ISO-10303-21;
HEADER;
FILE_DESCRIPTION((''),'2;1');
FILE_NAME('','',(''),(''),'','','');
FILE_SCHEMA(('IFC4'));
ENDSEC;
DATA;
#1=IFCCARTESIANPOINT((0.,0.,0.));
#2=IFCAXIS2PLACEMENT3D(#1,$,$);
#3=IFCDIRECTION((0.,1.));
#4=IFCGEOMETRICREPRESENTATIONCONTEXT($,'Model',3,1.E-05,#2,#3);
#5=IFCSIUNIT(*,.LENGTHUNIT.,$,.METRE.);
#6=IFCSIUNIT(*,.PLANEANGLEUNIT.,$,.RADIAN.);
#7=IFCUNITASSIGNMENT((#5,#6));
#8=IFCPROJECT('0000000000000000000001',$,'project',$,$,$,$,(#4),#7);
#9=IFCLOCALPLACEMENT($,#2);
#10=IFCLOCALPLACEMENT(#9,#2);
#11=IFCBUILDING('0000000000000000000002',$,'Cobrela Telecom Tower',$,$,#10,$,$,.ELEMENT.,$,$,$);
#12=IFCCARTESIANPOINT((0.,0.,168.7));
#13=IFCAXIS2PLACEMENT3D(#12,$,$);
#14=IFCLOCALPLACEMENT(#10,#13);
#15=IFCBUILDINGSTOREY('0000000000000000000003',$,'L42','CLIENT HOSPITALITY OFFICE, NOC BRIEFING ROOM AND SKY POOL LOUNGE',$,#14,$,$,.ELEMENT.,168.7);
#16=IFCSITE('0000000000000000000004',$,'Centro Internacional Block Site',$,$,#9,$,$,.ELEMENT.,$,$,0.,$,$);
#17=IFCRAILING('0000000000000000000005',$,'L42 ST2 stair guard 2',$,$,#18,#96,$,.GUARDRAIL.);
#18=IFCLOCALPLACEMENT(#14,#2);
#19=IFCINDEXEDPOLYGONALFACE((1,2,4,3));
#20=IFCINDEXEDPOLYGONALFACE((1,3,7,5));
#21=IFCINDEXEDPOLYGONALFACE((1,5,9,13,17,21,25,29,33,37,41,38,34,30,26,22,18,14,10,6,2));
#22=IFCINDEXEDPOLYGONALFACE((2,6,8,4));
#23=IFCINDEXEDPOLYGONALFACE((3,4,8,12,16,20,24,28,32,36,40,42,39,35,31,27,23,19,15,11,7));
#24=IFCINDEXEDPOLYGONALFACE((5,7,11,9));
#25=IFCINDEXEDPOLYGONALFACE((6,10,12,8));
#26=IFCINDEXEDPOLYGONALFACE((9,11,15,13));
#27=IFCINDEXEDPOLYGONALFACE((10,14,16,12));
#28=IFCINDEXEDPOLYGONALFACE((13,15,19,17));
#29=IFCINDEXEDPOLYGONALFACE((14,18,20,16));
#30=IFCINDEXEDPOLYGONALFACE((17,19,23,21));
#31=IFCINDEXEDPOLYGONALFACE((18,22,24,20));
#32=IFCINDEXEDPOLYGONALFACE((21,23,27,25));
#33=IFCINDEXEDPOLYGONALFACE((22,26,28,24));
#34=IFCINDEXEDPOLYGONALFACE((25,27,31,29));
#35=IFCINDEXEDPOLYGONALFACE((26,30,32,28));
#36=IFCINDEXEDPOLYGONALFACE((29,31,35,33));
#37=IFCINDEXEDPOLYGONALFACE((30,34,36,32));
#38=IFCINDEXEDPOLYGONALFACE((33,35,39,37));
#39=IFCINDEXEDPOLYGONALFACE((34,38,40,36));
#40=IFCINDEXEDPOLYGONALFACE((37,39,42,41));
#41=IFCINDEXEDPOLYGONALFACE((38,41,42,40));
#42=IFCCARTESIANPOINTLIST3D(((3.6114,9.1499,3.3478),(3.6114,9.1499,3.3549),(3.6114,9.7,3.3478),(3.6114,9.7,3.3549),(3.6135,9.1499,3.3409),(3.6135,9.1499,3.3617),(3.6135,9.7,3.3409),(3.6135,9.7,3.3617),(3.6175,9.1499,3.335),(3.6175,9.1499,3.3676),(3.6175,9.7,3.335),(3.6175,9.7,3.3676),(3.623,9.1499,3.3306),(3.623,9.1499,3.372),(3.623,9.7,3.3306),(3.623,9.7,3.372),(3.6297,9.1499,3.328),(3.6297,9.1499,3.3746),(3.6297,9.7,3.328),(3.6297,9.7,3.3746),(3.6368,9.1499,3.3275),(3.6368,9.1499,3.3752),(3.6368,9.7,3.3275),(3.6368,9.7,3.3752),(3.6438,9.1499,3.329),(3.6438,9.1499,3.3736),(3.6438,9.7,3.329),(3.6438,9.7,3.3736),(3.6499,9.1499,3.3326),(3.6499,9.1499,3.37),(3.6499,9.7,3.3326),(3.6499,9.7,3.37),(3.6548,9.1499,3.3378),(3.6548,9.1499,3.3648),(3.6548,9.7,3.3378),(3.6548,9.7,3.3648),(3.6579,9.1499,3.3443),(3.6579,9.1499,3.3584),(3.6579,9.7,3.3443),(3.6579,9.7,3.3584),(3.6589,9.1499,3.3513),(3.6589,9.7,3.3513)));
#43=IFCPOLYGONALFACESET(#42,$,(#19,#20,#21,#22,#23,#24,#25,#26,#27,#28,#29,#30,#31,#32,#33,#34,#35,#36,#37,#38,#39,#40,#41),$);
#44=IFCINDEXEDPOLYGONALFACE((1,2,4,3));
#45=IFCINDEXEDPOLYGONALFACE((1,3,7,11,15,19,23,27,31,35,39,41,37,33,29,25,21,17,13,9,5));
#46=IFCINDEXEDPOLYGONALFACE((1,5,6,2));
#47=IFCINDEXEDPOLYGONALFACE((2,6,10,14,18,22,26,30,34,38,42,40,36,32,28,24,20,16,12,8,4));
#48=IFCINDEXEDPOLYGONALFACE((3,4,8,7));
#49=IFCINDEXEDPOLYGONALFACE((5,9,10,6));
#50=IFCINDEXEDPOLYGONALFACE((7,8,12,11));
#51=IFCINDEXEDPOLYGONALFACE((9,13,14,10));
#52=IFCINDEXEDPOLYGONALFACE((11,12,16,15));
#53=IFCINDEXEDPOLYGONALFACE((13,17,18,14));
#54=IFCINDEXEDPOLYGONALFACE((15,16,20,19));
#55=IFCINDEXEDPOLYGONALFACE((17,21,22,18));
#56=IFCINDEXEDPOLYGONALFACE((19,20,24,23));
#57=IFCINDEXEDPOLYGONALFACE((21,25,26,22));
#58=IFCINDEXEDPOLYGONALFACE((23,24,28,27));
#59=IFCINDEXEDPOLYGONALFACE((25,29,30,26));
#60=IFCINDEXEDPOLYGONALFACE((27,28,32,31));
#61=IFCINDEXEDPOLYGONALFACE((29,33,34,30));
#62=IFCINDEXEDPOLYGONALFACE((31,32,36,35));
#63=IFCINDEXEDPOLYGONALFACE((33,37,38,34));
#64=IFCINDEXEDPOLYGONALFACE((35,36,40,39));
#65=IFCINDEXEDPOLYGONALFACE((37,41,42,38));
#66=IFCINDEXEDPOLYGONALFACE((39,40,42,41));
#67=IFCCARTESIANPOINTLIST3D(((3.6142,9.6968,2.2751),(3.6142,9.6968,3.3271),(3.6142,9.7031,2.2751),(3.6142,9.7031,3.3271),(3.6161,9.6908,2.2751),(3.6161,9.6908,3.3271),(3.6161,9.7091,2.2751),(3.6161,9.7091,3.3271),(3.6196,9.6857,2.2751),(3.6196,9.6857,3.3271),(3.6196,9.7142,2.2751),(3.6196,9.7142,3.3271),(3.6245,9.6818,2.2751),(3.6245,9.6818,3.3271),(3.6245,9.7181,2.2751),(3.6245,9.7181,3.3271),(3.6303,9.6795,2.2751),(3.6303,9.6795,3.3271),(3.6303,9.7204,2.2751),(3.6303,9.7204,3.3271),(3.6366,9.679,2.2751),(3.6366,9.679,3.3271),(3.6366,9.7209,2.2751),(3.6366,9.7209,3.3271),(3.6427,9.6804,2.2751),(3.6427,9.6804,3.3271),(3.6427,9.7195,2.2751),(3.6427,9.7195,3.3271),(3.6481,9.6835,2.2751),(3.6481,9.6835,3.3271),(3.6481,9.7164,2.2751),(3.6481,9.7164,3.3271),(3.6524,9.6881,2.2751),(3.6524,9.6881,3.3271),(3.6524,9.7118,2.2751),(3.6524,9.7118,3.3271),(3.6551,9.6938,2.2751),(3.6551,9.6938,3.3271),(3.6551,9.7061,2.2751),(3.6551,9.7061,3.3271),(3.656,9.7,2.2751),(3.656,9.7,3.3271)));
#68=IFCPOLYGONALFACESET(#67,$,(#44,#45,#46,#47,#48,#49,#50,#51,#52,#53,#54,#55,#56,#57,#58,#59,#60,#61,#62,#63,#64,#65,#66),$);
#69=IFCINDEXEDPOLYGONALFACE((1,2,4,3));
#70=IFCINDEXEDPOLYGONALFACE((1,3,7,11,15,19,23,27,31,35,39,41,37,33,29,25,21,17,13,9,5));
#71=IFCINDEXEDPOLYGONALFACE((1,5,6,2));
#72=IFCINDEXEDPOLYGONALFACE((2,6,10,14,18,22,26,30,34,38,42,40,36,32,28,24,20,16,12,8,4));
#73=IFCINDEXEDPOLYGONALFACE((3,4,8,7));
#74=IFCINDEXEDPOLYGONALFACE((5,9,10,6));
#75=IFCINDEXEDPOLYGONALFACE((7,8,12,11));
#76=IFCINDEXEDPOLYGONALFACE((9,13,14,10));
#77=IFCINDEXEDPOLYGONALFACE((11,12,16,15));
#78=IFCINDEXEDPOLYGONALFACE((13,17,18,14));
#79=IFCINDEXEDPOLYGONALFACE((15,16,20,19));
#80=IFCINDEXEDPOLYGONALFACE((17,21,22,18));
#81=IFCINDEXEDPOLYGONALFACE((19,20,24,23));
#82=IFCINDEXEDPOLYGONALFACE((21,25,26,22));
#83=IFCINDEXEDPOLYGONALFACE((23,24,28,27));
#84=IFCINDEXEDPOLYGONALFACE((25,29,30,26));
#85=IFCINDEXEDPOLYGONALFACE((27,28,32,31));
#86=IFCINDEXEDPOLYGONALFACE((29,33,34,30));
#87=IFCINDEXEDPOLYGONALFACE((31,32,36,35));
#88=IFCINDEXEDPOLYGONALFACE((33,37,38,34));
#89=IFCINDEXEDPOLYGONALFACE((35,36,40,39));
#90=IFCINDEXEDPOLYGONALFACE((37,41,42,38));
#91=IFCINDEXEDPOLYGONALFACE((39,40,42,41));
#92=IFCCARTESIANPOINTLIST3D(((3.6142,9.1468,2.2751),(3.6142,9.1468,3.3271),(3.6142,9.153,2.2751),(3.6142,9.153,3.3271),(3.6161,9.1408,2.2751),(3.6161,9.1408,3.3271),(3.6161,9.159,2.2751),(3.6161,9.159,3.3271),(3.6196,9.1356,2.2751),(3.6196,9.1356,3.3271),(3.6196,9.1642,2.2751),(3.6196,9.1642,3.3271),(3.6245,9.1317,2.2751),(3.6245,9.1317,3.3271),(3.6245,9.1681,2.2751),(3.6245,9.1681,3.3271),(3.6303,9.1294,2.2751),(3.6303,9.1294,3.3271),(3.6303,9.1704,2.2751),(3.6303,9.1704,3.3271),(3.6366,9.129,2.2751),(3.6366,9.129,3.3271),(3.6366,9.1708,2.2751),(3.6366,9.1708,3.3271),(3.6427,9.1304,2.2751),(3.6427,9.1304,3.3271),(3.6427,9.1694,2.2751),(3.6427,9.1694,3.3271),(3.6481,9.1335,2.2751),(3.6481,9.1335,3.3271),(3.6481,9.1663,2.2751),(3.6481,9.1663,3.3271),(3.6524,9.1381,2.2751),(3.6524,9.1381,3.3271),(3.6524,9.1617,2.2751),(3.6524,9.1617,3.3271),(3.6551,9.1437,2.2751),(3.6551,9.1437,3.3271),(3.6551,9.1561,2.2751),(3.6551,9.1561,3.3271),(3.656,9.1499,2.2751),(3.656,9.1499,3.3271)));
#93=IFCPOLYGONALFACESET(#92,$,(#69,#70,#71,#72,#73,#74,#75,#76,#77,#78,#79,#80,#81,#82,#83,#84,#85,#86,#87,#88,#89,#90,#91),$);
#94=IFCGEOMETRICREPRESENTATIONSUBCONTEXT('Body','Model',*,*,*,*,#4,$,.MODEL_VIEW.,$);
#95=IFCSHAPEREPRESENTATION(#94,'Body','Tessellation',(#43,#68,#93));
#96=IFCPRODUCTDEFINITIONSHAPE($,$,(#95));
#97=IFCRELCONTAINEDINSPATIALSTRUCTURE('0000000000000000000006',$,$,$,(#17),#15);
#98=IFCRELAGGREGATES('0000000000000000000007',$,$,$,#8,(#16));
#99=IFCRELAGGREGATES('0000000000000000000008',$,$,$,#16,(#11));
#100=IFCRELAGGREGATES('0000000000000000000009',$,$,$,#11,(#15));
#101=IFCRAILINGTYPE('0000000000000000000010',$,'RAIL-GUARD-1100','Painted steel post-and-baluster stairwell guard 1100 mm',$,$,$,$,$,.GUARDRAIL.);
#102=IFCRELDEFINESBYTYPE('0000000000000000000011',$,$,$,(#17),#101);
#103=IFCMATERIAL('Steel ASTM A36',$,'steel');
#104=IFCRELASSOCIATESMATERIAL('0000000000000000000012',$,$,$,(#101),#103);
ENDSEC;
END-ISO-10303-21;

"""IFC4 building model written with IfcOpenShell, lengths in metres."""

from ifc_helpers import new_model, si_unit, direction, frame, origin, origin_2d, place, context, subcontext, project, spatial, circle, extrude, material, type_object, element, save


model = new_model("IFC4")

# Units and contexts
model_context = context("Model", 3, precision=1e-05, world=origin(), true_north=direction((0.0, 1.0)))
body_context = subcontext(model_context, "Body", "Model", "MODEL_VIEW")
ifc_project = project(units=[si_unit("LENGTHUNIT", "METRE"), si_unit("PLANEANGLEUNIT", "RADIAN")], contexts=[model_context])

# Site, building, storey
site_placement = place(None, origin())
site = spatial("IfcSite", under=ifc_project, at=site_placement, Name="Centro Internacional Block Site", CompositionType="ELEMENT", RefElevation=0.0)
building_placement = place(site_placement, origin())
building = spatial("IfcBuilding", under=site, at=building_placement, Name="Cobrela Telecom Tower", CompositionType="ELEMENT")
storey_placement = place(building_placement, frame((0.0, 0.0, 168.7)))
storey = spatial("IfcBuildingStorey", under=building, at=storey_placement, Name="L42", Description="CLIENT HOSPITALITY OFFICE, NOC BRIEFING ROOM AND SKY POOL LOUNGE", CompositionType="ELEMENT", Elevation=168.7)

# Shared definitions
ifc_material_1 = material(Name="Steel ASTM A36", Category="steel")

# Railing
railing_type_1 = type_object("IfcRailingType", Name="RAIL-GUARD-1100", Description="Painted steel post-and-baluster stairwell guard 1100 mm", PredefinedType="GUARDRAIL", material=ifc_material_1)
railing_1_placement = place(storey_placement, frame((3.635, 9.7, 2.2751)))
element("IfcRailing", 1, at=railing_1_placement, inside=storey, type_object=railing_type_1, Name="L42 ST2 stair guard 2", PredefinedType="GUARDRAIL", context=body_context, shape_type="SweptSolid", body=[
    extrude(circle(Radius=0.0239, at=origin_2d()), frame((0.0, 0.0, 1.0762), z_axis=(0.0, -1.0, 0.0), x_axis=(1.0, 0.0, 0.0)), (0.0, 0.0, 1.0), 0.55),
    extrude(circle(Radius=0.021, at=origin_2d()), origin(), (0.0, 0.0, 1.0), 1.052),
    extrude(circle(Radius=0.021, at=origin_2d()), frame((0.0, -0.55, 0.0)), (0.0, 0.0, 1.0), 1.052),
])

save(model, "model.ifc")
